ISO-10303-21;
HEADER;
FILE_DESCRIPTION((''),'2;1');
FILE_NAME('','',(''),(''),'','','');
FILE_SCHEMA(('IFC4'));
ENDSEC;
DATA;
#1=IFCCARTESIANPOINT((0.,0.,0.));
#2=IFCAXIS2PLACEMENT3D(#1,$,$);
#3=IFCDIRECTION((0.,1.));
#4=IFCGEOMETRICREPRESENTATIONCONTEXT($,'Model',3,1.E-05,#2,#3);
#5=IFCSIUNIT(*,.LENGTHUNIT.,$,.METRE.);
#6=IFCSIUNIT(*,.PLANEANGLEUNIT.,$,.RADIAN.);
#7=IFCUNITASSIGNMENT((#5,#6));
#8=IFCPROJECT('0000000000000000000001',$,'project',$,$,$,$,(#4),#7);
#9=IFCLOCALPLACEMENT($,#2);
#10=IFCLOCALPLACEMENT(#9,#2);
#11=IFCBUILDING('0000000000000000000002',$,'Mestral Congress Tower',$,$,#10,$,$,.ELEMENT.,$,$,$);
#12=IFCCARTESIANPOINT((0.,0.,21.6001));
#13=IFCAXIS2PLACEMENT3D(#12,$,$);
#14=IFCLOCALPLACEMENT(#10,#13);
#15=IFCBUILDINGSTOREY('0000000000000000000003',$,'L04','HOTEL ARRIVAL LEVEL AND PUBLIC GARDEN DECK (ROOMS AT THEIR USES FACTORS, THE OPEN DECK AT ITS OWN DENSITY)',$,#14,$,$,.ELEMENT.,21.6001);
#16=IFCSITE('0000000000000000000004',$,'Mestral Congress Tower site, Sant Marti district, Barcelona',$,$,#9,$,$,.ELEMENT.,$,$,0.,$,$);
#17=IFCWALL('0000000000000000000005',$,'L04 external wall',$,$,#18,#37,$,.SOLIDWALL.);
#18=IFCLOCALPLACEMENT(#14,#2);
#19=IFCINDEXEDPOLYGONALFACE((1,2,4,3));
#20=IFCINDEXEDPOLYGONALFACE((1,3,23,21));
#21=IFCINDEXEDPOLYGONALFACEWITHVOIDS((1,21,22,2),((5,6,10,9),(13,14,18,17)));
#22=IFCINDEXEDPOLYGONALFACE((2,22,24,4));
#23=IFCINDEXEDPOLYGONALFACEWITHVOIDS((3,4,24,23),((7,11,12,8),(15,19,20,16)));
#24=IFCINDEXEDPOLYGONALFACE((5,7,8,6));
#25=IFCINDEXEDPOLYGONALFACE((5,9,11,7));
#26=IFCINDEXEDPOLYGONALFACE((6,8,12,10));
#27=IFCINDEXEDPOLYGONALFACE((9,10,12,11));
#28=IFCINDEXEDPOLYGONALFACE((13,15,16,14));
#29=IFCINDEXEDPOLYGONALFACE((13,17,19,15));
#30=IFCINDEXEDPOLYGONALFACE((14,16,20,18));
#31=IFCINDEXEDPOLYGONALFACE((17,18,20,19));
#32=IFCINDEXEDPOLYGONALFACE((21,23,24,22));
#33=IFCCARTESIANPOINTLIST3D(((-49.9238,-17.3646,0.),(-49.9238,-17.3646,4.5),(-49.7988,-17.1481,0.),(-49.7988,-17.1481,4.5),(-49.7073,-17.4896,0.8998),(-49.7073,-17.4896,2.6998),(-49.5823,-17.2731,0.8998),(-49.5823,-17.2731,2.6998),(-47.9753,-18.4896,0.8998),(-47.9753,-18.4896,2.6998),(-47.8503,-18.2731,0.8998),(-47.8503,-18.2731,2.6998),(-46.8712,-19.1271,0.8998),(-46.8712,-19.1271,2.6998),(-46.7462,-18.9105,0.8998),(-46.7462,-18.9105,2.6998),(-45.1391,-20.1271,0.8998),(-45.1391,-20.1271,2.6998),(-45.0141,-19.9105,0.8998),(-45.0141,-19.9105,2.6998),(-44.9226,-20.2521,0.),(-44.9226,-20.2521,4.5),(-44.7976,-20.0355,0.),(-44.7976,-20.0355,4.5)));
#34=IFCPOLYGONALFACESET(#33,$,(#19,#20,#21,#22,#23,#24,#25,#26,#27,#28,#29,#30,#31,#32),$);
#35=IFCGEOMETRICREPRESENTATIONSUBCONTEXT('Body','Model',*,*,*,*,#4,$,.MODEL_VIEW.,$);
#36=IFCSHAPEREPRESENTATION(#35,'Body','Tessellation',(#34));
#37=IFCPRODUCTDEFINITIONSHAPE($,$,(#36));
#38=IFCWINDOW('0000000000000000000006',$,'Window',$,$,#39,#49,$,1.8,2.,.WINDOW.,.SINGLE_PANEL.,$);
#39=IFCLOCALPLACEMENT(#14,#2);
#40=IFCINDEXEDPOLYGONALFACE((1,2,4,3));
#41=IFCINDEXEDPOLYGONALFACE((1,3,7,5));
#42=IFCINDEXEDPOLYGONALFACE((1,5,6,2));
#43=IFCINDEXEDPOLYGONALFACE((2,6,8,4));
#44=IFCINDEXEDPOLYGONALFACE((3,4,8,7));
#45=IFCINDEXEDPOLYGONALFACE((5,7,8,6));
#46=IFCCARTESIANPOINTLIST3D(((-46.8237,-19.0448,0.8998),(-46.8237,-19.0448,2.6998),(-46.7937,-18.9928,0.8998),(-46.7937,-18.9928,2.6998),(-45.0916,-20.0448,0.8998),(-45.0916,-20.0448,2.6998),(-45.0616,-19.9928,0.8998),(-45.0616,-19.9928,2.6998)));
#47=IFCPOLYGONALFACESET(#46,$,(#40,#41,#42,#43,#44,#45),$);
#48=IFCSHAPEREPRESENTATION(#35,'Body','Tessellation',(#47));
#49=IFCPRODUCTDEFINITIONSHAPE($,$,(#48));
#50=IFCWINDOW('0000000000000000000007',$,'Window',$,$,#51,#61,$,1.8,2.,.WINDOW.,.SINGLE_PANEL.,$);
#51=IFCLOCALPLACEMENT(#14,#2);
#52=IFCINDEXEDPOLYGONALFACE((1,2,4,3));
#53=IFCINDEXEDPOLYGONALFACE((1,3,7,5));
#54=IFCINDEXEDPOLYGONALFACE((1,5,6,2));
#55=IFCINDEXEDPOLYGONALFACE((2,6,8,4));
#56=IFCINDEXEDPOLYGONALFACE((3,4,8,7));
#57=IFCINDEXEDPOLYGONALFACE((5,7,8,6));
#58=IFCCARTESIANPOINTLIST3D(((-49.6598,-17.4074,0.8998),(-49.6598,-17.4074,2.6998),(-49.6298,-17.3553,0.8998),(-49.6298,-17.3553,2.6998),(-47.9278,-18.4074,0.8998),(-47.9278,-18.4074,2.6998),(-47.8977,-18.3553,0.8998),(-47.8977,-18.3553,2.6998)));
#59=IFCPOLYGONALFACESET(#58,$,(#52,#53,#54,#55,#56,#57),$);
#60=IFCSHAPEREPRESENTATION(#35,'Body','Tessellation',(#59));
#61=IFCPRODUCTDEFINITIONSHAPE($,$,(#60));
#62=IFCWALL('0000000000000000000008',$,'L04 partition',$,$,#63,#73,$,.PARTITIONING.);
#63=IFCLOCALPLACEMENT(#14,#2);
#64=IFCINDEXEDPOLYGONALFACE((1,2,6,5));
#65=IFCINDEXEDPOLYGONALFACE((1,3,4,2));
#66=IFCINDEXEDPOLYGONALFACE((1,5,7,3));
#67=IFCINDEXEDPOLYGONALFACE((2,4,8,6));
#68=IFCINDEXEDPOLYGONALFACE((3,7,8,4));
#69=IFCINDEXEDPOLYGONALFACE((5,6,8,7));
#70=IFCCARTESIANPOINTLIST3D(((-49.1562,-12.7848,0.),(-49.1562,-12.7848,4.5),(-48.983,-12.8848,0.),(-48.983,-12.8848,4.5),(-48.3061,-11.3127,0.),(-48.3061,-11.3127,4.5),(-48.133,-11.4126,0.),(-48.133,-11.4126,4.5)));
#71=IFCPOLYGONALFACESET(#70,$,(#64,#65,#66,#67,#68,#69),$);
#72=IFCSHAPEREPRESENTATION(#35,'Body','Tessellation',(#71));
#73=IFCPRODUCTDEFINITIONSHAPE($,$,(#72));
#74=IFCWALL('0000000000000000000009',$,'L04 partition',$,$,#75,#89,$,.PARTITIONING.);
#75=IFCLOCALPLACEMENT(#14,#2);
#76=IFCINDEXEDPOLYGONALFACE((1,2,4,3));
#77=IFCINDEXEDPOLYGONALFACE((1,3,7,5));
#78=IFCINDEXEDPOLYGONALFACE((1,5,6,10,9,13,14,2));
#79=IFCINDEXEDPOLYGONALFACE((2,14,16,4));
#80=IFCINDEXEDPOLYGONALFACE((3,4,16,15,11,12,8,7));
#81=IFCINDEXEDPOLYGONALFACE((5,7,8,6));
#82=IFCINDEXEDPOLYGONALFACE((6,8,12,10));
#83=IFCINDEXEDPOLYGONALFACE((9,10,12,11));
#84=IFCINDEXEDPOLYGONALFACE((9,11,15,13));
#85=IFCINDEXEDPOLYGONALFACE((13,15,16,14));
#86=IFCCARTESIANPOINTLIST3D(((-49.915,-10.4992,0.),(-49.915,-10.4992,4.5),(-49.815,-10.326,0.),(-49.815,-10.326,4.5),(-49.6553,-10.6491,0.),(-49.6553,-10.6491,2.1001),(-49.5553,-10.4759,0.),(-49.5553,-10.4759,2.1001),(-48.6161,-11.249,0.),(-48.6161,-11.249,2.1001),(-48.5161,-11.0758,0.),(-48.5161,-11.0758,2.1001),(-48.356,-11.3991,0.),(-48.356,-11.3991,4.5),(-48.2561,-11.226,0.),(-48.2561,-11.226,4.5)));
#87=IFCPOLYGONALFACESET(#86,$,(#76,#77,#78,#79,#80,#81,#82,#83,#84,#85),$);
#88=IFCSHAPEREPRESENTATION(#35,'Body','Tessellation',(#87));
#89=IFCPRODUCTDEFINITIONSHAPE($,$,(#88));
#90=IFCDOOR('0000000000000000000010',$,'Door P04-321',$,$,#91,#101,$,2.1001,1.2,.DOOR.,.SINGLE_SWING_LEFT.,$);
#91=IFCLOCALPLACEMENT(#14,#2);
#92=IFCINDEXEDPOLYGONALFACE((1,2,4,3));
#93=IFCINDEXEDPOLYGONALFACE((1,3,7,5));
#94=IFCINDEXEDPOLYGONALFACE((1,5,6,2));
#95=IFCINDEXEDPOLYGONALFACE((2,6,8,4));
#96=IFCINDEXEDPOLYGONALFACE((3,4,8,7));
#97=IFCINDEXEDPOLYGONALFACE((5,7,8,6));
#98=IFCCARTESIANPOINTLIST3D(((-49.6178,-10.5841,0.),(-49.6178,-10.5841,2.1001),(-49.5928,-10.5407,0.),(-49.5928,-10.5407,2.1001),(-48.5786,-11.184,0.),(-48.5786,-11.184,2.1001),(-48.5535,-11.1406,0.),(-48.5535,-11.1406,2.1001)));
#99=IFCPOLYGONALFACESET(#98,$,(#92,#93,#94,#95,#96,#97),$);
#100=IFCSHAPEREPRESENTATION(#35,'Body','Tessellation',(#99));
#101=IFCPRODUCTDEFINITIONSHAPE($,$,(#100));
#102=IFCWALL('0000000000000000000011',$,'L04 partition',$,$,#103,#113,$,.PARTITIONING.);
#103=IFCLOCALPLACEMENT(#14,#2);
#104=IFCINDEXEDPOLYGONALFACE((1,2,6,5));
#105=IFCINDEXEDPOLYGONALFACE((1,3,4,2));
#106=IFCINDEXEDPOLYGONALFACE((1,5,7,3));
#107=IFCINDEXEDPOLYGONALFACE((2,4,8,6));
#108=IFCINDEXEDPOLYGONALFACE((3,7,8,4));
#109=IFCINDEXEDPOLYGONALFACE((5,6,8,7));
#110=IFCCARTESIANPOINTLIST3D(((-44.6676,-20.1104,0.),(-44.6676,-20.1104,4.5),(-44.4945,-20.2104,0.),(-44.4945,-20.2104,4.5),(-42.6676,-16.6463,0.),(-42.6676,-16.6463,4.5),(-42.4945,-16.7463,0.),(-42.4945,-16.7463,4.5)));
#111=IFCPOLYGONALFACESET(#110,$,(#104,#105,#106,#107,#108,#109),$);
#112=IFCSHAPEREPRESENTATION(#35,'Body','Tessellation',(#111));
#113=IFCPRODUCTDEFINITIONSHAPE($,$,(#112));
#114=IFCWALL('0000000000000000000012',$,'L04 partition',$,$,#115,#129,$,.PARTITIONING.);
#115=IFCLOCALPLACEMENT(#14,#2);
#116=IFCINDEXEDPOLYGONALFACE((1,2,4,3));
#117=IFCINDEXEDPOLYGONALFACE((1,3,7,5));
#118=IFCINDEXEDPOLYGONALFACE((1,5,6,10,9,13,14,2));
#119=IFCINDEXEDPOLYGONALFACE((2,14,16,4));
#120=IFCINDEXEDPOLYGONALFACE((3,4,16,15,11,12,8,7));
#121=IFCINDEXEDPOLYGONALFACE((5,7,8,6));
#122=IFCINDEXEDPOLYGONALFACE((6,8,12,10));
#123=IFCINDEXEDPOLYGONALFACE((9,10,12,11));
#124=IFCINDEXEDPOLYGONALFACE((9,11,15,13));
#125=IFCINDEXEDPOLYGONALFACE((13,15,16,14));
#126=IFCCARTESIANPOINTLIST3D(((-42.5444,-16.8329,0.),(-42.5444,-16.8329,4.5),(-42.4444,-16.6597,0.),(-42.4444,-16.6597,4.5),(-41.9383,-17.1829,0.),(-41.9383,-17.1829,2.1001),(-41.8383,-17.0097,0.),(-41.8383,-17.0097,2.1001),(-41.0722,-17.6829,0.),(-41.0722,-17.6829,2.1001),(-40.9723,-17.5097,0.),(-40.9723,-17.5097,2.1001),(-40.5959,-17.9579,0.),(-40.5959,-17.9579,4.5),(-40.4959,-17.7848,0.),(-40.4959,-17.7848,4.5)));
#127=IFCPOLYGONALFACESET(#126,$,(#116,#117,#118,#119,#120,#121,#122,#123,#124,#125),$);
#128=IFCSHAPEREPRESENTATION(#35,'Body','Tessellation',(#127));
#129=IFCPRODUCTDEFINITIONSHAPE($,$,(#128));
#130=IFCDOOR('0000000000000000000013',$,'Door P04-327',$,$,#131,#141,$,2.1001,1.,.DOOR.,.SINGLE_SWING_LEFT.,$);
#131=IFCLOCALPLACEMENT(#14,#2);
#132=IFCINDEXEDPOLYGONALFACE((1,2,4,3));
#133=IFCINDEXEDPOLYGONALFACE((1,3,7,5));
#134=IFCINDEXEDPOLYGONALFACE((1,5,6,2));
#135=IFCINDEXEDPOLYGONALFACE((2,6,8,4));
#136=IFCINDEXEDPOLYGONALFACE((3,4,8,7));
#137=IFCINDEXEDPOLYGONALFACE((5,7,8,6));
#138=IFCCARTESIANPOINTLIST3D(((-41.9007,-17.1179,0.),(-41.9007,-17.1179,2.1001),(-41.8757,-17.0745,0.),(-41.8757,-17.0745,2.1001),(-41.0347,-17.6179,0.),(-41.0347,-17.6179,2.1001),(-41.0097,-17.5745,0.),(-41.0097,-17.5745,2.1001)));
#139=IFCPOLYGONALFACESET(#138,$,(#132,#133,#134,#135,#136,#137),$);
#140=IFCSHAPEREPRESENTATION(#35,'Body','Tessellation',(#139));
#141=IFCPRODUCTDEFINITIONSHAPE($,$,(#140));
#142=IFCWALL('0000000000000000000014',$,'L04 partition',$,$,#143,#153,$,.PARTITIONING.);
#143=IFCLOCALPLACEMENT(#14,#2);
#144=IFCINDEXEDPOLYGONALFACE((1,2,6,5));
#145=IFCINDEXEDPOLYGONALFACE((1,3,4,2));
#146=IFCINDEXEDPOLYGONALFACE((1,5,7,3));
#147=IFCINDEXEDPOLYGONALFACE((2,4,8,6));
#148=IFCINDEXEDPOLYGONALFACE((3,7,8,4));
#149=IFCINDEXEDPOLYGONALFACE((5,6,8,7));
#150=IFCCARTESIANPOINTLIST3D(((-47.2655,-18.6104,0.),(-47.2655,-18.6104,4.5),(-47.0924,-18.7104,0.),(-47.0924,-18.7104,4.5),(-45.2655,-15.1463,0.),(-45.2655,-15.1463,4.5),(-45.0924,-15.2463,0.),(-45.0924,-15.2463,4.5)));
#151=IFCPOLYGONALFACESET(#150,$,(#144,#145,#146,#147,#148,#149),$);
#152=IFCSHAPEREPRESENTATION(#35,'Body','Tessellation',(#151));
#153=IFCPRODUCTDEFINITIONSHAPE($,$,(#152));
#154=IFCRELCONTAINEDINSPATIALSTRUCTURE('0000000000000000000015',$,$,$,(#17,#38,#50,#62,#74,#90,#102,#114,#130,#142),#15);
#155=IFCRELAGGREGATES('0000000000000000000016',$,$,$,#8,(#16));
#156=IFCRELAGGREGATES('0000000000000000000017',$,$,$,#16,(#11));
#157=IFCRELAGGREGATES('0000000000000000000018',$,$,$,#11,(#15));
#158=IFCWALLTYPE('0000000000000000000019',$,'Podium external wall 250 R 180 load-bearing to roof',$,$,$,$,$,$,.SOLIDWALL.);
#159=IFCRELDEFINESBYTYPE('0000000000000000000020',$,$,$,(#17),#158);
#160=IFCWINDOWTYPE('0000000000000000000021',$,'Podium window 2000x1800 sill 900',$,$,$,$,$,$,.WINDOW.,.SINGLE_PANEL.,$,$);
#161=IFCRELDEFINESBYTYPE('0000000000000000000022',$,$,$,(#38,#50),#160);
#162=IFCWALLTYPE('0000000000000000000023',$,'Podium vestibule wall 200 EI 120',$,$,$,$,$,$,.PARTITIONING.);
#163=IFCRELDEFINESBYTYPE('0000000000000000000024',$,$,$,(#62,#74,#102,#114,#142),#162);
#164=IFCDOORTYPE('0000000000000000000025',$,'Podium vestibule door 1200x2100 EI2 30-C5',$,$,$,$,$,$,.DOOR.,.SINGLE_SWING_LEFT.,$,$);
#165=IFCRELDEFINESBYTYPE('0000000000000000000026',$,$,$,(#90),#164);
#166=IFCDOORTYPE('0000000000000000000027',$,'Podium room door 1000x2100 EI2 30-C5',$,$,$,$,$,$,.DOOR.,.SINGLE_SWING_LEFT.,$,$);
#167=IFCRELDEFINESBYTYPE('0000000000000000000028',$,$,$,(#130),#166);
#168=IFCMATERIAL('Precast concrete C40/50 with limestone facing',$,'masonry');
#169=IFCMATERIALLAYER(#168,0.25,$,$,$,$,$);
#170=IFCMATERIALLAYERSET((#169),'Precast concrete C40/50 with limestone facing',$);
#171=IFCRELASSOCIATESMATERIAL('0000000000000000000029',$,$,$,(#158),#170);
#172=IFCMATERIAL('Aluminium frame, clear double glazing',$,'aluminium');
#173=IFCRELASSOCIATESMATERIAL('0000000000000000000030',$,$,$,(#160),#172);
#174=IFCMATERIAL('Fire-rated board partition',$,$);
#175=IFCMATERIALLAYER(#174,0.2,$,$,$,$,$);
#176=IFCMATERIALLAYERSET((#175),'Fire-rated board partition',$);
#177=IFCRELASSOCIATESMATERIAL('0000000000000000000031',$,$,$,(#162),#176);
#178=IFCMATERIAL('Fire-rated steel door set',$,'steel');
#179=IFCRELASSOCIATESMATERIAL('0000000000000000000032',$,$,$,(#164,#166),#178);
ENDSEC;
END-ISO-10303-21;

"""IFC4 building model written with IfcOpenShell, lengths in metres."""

from ifc_helpers import new_model, si_unit, direction, frame, frame_2d, origin, place, context, subcontext, project, spatial, rectangle, extrude, material, layer, layer_set, type_object, element, fill, save


model = new_model("IFC4")

# Units and contexts
model_context = context("Model", 3, precision=1e-05, world=origin(), true_north=direction((0.0, 1.0)))
body_context = subcontext(model_context, "Body", "Model", "MODEL_VIEW")
ifc_project = project(units=[si_unit("LENGTHUNIT", "METRE"), si_unit("PLANEANGLEUNIT", "RADIAN")], contexts=[model_context])

# Site, building, storey
site_placement = place(None, origin())
site = spatial("IfcSite", under=ifc_project, at=site_placement, Name="Mestral Congress Tower site, Sant Marti district, Barcelona", CompositionType="ELEMENT", RefElevation=0.0)
building_placement = place(site_placement, origin())
building = spatial("IfcBuilding", under=site, at=building_placement, Name="Mestral Congress Tower", CompositionType="ELEMENT")
storey_placement = place(building_placement, frame((0.0, 0.0, 21.6001)))
storey = spatial("IfcBuildingStorey", under=building, at=storey_placement, Name="L04", Description="HOTEL ARRIVAL LEVEL AND PUBLIC GARDEN DECK (ROOMS AT THEIR USES FACTORS, THE OPEN DECK AT ITS OWN DENSITY)", CompositionType="ELEMENT", Elevation=21.6001)

# Shared definitions
ifc_material_1 = material(Name="Precast concrete C40/50 with limestone facing", Category="masonry")
ifc_layer_1 = layer(ifc_material_1, 0.25)
ifc_layer_set_1 = layer_set([ifc_layer_1], Name="Precast concrete C40/50 with limestone facing")
wall_type_1 = type_object("IfcWallType", Name="Podium external wall 250 R 180 load-bearing to roof", PredefinedType="SOLIDWALL", material=ifc_layer_set_1)

# Wall, openings, windows
wall_1_placement = place(storey_placement, frame((-44.8601, -20.1438, 0.0), z_axis=(0.0, 0.0, 1.0), x_axis=(-0.866026, 0.499999, 0.0)))
wall_1 = element("IfcWall", 1, at=wall_1_placement, inside=storey, type_object=wall_type_1, Name="L04 external wall", PredefinedType="SOLIDWALL", context=body_context, shape_type="SweptSolid", body=[
    extrude(rectangle(XDim=5.7749, YDim=0.25, at=frame_2d((2.8875, 0.0))), origin(), (0.0, 0.0, 1.0), 4.5),
])
opening_1_placement = place(wall_1_placement, frame((0.25, 0.0, 0.8999)))
opening_1 = element("IfcOpeningElement", 2, at=opening_1_placement, cuts=wall_1, PredefinedType="OPENING", context=body_context, shape_type="SweptSolid", body=[
    extrude(rectangle(XDim=2.0, YDim=1.8, at=frame_2d((1.0, 0.8999))), frame((0.0, 0.135, 0.0), z_axis=(0.0, -1.0, 0.0), x_axis=(1.0, 0.0, 0.0)), (0.0, 0.0, 1.0), 0.27),
])
opening_2_placement = place(wall_1_placement, frame((3.5249, 0.0, 0.8999)))
opening_2 = element("IfcOpeningElement", 3, at=opening_2_placement, cuts=wall_1, PredefinedType="OPENING", context=body_context, shape_type="SweptSolid", body=[
    extrude(rectangle(XDim=2.0, YDim=1.8, at=frame_2d((1.0, 0.8999))), frame((0.0, 0.135, 0.0), z_axis=(0.0, -1.0, 0.0), x_axis=(1.0, 0.0, 0.0)), (0.0, 0.0, 1.0), 0.27),
])
ifc_material_2 = material(Name="Aluminium frame, clear double glazing", Category="aluminium")
window_type = type_object("IfcWindowType", Name="Podium window 2000x1800 sill 900", PartitioningType="SINGLE_PANEL", PredefinedType="WINDOW", material=ifc_material_2)
window_1_placement = place(opening_1_placement, origin())
window_1 = element("IfcWindow", 4, at=window_1_placement, inside=storey, type_object=window_type, Name="Window", OverallHeight=1.8, OverallWidth=2.0, PartitioningType="SINGLE_PANEL", PredefinedType="WINDOW", context=body_context, shape_type="SweptSolid", body=[
    extrude(rectangle(XDim=2.0, YDim=1.8, at=frame_2d((1.0, 0.8999))), frame((0.0, 0.03, 0.0), z_axis=(0.0, -1.0, 0.0), x_axis=(1.0, 0.0, 0.0)), (0.0, 0.0, 1.0), 0.0601),
])
fill(opening_1, window_1)
window_2_placement = place(opening_2_placement, origin())
window_2 = element("IfcWindow", 5, at=window_2_placement, inside=storey, type_object=window_type, Name="Window", OverallHeight=1.8, OverallWidth=2.0, PartitioningType="SINGLE_PANEL", PredefinedType="WINDOW", context=body_context, shape_type="SweptSolid", body=[
    extrude(rectangle(XDim=2.0, YDim=1.8, at=frame_2d((1.0, 0.8999))), frame((0.0, 0.03, 0.0), z_axis=(0.0, -1.0, 0.0), x_axis=(1.0, 0.0, 0.0)), (0.0, 0.0, 1.0), 0.0601),
])
fill(opening_2, window_2)

# Wall
ifc_material_3 = material(Name="Fire-rated board partition")
ifc_layer_2 = layer(ifc_material_3, 0.2)
ifc_layer_set_2 = layer_set([ifc_layer_2], Name="Fire-rated board partition")
wall_type_2 = type_object("IfcWallType", Name="Podium vestibule wall 200 EI 120", PredefinedType="PARTITIONING", material=ifc_layer_set_2)
wall_2_placement = place(storey_placement, frame((-48.2195, -11.3625, 0.0), z_axis=(0.0, 0.0, 1.0), x_axis=(-0.500062, -0.865989, 0.0)))
element("IfcWall", 6, at=wall_2_placement, inside=storey, type_object=wall_type_2, Name="L04 partition", PredefinedType="PARTITIONING", context=body_context, shape_type="SweptSolid", body=[
    extrude(rectangle(XDim=1.7, YDim=0.2, at=frame_2d((0.8501, 0.0))), origin(), (0.0, 0.0, 1.0), 4.5),
])

# Wall, opening, door
wall_3_placement = place(storey_placement, frame((-48.3062, -11.3125, 0.0), z_axis=(0.0, 0.0, 1.0), x_axis=(-0.866048, 0.499961, 0.0)))
wall_3 = element("IfcWall", 7, at=wall_3_placement, inside=storey, type_object=wall_type_2, Name="L04 partition", PredefinedType="PARTITIONING", context=body_context, shape_type="SweptSolid", body=[
    extrude(rectangle(XDim=1.8, YDim=0.2, at=frame_2d((0.8999, 0.0))), origin(), (0.0, 0.0, 1.0), 4.5),
])
opening_3_placement = place(wall_3_placement, frame((0.3, 0.0, 0.0)))
opening_3 = element("IfcOpeningElement", 8, at=opening_3_placement, cuts=wall_3, PredefinedType="OPENING", context=body_context, shape_type="SweptSolid", body=[
    extrude(rectangle(XDim=1.2, YDim=2.1001, at=frame_2d((0.6001, 1.05))), frame((0.0, 0.1099, 0.0), z_axis=(0.0, -1.0, 0.0), x_axis=(1.0, 0.0, 0.0)), (0.0, 0.0, 1.0), 0.22),
])
ifc_material_4 = material(Name="Fire-rated steel door set", Category="steel")
door_type_1 = type_object("IfcDoorType", Name="Podium vestibule door 1200x2100 EI2 30-C5", OperationType="SINGLE_SWING_LEFT", PredefinedType="DOOR", material=ifc_material_4)
door_1_placement = place(opening_3_placement, origin())
door_1 = element("IfcDoor", 9, at=door_1_placement, inside=storey, type_object=door_type_1, Name="Door P04-321", OperationType="SINGLE_SWING_LEFT", OverallHeight=2.1001, OverallWidth=1.2, PredefinedType="DOOR", context=body_context, shape_type="SweptSolid", body=[
    extrude(rectangle(XDim=1.2, YDim=2.1001, at=frame_2d((0.6001, 1.05))), frame((0.0, 0.0249, 0.0), z_axis=(0.0, -1.0, 0.0), x_axis=(1.0, 0.0, 0.0)), (0.0, 0.0, 1.0), 0.05),
])
fill(opening_3, door_1)

# Wall
wall_4_placement = place(storey_placement, frame((-42.5811, -16.6963, 0.0), z_axis=(0.0, 0.0, 1.0), x_axis=(-0.499999, -0.866026, 0.0)))
element("IfcWall", 10, at=wall_4_placement, inside=storey, type_object=wall_type_2, Name="L04 partition", PredefinedType="PARTITIONING", context=body_context, shape_type="SweptSolid", body=[
    extrude(rectangle(XDim=4.0, YDim=0.2, at=frame_2d((2.0, 0.0))), origin(), (0.0, 0.0, 1.0), 4.5),
])

# Wall, opening, door
wall_5_placement = place(storey_placement, frame((-40.5459, -17.8713, 0.0), z_axis=(0.0, 0.0, 1.0), x_axis=(-0.866018, 0.500014, 0.0)))
wall_5 = element("IfcWall", 11, at=wall_5_placement, inside=storey, type_object=wall_type_2, Name="L04 partition", PredefinedType="PARTITIONING", context=body_context, shape_type="SweptSolid", body=[
    extrude(rectangle(XDim=2.25, YDim=0.2, at=frame_2d((1.125, 0.0))), origin(), (0.0, 0.0, 1.0), 4.5),
])
opening_4_placement = place(wall_5_placement, frame((0.55, 0.0, 0.0)))
opening_4 = element("IfcOpeningElement", 12, at=opening_4_placement, cuts=wall_5, PredefinedType="OPENING", context=body_context, shape_type="SweptSolid", body=[
    extrude(rectangle(XDim=1.0, YDim=2.1001, at=frame_2d((0.5, 1.05))), frame((0.0, 0.1099, 0.0), z_axis=(0.0, -1.0, 0.0), x_axis=(1.0, 0.0, 0.0)), (0.0, 0.0, 1.0), 0.22),
])
door_type_2 = type_object("IfcDoorType", Name="Podium room door 1000x2100 EI2 30-C5", OperationType="SINGLE_SWING_LEFT", PredefinedType="DOOR", material=ifc_material_4)
door_2_placement = place(opening_4_placement, origin())
door_2 = element("IfcDoor", 13, at=door_2_placement, inside=storey, type_object=door_type_2, Name="Door P04-327", OperationType="SINGLE_SWING_LEFT", OverallHeight=2.1001, OverallWidth=1.0, PredefinedType="DOOR", context=body_context, shape_type="SweptSolid", body=[
    extrude(rectangle(XDim=1.0, YDim=2.1001, at=frame_2d((0.5, 1.05))), frame((0.0, 0.0249, 0.0), z_axis=(0.0, -1.0, 0.0), x_axis=(1.0, 0.0, 0.0)), (0.0, 0.0, 1.0), 0.05),
])
fill(opening_4, door_2)

# Wall
wall_6_placement = place(storey_placement, frame((-45.179, -15.1963, 0.0), z_axis=(0.0, 0.0, 1.0), x_axis=(-0.499999, -0.866026, 0.0)))
element("IfcWall", 14, at=wall_6_placement, inside=storey, type_object=wall_type_2, Name="L04 partition", PredefinedType="PARTITIONING", context=body_context, shape_type="SweptSolid", body=[
    extrude(rectangle(XDim=4.0, YDim=0.2, at=frame_2d((2.0, 0.0))), origin(), (0.0, 0.0, 1.0), 4.5),
])

save(model, "model.ifc")
